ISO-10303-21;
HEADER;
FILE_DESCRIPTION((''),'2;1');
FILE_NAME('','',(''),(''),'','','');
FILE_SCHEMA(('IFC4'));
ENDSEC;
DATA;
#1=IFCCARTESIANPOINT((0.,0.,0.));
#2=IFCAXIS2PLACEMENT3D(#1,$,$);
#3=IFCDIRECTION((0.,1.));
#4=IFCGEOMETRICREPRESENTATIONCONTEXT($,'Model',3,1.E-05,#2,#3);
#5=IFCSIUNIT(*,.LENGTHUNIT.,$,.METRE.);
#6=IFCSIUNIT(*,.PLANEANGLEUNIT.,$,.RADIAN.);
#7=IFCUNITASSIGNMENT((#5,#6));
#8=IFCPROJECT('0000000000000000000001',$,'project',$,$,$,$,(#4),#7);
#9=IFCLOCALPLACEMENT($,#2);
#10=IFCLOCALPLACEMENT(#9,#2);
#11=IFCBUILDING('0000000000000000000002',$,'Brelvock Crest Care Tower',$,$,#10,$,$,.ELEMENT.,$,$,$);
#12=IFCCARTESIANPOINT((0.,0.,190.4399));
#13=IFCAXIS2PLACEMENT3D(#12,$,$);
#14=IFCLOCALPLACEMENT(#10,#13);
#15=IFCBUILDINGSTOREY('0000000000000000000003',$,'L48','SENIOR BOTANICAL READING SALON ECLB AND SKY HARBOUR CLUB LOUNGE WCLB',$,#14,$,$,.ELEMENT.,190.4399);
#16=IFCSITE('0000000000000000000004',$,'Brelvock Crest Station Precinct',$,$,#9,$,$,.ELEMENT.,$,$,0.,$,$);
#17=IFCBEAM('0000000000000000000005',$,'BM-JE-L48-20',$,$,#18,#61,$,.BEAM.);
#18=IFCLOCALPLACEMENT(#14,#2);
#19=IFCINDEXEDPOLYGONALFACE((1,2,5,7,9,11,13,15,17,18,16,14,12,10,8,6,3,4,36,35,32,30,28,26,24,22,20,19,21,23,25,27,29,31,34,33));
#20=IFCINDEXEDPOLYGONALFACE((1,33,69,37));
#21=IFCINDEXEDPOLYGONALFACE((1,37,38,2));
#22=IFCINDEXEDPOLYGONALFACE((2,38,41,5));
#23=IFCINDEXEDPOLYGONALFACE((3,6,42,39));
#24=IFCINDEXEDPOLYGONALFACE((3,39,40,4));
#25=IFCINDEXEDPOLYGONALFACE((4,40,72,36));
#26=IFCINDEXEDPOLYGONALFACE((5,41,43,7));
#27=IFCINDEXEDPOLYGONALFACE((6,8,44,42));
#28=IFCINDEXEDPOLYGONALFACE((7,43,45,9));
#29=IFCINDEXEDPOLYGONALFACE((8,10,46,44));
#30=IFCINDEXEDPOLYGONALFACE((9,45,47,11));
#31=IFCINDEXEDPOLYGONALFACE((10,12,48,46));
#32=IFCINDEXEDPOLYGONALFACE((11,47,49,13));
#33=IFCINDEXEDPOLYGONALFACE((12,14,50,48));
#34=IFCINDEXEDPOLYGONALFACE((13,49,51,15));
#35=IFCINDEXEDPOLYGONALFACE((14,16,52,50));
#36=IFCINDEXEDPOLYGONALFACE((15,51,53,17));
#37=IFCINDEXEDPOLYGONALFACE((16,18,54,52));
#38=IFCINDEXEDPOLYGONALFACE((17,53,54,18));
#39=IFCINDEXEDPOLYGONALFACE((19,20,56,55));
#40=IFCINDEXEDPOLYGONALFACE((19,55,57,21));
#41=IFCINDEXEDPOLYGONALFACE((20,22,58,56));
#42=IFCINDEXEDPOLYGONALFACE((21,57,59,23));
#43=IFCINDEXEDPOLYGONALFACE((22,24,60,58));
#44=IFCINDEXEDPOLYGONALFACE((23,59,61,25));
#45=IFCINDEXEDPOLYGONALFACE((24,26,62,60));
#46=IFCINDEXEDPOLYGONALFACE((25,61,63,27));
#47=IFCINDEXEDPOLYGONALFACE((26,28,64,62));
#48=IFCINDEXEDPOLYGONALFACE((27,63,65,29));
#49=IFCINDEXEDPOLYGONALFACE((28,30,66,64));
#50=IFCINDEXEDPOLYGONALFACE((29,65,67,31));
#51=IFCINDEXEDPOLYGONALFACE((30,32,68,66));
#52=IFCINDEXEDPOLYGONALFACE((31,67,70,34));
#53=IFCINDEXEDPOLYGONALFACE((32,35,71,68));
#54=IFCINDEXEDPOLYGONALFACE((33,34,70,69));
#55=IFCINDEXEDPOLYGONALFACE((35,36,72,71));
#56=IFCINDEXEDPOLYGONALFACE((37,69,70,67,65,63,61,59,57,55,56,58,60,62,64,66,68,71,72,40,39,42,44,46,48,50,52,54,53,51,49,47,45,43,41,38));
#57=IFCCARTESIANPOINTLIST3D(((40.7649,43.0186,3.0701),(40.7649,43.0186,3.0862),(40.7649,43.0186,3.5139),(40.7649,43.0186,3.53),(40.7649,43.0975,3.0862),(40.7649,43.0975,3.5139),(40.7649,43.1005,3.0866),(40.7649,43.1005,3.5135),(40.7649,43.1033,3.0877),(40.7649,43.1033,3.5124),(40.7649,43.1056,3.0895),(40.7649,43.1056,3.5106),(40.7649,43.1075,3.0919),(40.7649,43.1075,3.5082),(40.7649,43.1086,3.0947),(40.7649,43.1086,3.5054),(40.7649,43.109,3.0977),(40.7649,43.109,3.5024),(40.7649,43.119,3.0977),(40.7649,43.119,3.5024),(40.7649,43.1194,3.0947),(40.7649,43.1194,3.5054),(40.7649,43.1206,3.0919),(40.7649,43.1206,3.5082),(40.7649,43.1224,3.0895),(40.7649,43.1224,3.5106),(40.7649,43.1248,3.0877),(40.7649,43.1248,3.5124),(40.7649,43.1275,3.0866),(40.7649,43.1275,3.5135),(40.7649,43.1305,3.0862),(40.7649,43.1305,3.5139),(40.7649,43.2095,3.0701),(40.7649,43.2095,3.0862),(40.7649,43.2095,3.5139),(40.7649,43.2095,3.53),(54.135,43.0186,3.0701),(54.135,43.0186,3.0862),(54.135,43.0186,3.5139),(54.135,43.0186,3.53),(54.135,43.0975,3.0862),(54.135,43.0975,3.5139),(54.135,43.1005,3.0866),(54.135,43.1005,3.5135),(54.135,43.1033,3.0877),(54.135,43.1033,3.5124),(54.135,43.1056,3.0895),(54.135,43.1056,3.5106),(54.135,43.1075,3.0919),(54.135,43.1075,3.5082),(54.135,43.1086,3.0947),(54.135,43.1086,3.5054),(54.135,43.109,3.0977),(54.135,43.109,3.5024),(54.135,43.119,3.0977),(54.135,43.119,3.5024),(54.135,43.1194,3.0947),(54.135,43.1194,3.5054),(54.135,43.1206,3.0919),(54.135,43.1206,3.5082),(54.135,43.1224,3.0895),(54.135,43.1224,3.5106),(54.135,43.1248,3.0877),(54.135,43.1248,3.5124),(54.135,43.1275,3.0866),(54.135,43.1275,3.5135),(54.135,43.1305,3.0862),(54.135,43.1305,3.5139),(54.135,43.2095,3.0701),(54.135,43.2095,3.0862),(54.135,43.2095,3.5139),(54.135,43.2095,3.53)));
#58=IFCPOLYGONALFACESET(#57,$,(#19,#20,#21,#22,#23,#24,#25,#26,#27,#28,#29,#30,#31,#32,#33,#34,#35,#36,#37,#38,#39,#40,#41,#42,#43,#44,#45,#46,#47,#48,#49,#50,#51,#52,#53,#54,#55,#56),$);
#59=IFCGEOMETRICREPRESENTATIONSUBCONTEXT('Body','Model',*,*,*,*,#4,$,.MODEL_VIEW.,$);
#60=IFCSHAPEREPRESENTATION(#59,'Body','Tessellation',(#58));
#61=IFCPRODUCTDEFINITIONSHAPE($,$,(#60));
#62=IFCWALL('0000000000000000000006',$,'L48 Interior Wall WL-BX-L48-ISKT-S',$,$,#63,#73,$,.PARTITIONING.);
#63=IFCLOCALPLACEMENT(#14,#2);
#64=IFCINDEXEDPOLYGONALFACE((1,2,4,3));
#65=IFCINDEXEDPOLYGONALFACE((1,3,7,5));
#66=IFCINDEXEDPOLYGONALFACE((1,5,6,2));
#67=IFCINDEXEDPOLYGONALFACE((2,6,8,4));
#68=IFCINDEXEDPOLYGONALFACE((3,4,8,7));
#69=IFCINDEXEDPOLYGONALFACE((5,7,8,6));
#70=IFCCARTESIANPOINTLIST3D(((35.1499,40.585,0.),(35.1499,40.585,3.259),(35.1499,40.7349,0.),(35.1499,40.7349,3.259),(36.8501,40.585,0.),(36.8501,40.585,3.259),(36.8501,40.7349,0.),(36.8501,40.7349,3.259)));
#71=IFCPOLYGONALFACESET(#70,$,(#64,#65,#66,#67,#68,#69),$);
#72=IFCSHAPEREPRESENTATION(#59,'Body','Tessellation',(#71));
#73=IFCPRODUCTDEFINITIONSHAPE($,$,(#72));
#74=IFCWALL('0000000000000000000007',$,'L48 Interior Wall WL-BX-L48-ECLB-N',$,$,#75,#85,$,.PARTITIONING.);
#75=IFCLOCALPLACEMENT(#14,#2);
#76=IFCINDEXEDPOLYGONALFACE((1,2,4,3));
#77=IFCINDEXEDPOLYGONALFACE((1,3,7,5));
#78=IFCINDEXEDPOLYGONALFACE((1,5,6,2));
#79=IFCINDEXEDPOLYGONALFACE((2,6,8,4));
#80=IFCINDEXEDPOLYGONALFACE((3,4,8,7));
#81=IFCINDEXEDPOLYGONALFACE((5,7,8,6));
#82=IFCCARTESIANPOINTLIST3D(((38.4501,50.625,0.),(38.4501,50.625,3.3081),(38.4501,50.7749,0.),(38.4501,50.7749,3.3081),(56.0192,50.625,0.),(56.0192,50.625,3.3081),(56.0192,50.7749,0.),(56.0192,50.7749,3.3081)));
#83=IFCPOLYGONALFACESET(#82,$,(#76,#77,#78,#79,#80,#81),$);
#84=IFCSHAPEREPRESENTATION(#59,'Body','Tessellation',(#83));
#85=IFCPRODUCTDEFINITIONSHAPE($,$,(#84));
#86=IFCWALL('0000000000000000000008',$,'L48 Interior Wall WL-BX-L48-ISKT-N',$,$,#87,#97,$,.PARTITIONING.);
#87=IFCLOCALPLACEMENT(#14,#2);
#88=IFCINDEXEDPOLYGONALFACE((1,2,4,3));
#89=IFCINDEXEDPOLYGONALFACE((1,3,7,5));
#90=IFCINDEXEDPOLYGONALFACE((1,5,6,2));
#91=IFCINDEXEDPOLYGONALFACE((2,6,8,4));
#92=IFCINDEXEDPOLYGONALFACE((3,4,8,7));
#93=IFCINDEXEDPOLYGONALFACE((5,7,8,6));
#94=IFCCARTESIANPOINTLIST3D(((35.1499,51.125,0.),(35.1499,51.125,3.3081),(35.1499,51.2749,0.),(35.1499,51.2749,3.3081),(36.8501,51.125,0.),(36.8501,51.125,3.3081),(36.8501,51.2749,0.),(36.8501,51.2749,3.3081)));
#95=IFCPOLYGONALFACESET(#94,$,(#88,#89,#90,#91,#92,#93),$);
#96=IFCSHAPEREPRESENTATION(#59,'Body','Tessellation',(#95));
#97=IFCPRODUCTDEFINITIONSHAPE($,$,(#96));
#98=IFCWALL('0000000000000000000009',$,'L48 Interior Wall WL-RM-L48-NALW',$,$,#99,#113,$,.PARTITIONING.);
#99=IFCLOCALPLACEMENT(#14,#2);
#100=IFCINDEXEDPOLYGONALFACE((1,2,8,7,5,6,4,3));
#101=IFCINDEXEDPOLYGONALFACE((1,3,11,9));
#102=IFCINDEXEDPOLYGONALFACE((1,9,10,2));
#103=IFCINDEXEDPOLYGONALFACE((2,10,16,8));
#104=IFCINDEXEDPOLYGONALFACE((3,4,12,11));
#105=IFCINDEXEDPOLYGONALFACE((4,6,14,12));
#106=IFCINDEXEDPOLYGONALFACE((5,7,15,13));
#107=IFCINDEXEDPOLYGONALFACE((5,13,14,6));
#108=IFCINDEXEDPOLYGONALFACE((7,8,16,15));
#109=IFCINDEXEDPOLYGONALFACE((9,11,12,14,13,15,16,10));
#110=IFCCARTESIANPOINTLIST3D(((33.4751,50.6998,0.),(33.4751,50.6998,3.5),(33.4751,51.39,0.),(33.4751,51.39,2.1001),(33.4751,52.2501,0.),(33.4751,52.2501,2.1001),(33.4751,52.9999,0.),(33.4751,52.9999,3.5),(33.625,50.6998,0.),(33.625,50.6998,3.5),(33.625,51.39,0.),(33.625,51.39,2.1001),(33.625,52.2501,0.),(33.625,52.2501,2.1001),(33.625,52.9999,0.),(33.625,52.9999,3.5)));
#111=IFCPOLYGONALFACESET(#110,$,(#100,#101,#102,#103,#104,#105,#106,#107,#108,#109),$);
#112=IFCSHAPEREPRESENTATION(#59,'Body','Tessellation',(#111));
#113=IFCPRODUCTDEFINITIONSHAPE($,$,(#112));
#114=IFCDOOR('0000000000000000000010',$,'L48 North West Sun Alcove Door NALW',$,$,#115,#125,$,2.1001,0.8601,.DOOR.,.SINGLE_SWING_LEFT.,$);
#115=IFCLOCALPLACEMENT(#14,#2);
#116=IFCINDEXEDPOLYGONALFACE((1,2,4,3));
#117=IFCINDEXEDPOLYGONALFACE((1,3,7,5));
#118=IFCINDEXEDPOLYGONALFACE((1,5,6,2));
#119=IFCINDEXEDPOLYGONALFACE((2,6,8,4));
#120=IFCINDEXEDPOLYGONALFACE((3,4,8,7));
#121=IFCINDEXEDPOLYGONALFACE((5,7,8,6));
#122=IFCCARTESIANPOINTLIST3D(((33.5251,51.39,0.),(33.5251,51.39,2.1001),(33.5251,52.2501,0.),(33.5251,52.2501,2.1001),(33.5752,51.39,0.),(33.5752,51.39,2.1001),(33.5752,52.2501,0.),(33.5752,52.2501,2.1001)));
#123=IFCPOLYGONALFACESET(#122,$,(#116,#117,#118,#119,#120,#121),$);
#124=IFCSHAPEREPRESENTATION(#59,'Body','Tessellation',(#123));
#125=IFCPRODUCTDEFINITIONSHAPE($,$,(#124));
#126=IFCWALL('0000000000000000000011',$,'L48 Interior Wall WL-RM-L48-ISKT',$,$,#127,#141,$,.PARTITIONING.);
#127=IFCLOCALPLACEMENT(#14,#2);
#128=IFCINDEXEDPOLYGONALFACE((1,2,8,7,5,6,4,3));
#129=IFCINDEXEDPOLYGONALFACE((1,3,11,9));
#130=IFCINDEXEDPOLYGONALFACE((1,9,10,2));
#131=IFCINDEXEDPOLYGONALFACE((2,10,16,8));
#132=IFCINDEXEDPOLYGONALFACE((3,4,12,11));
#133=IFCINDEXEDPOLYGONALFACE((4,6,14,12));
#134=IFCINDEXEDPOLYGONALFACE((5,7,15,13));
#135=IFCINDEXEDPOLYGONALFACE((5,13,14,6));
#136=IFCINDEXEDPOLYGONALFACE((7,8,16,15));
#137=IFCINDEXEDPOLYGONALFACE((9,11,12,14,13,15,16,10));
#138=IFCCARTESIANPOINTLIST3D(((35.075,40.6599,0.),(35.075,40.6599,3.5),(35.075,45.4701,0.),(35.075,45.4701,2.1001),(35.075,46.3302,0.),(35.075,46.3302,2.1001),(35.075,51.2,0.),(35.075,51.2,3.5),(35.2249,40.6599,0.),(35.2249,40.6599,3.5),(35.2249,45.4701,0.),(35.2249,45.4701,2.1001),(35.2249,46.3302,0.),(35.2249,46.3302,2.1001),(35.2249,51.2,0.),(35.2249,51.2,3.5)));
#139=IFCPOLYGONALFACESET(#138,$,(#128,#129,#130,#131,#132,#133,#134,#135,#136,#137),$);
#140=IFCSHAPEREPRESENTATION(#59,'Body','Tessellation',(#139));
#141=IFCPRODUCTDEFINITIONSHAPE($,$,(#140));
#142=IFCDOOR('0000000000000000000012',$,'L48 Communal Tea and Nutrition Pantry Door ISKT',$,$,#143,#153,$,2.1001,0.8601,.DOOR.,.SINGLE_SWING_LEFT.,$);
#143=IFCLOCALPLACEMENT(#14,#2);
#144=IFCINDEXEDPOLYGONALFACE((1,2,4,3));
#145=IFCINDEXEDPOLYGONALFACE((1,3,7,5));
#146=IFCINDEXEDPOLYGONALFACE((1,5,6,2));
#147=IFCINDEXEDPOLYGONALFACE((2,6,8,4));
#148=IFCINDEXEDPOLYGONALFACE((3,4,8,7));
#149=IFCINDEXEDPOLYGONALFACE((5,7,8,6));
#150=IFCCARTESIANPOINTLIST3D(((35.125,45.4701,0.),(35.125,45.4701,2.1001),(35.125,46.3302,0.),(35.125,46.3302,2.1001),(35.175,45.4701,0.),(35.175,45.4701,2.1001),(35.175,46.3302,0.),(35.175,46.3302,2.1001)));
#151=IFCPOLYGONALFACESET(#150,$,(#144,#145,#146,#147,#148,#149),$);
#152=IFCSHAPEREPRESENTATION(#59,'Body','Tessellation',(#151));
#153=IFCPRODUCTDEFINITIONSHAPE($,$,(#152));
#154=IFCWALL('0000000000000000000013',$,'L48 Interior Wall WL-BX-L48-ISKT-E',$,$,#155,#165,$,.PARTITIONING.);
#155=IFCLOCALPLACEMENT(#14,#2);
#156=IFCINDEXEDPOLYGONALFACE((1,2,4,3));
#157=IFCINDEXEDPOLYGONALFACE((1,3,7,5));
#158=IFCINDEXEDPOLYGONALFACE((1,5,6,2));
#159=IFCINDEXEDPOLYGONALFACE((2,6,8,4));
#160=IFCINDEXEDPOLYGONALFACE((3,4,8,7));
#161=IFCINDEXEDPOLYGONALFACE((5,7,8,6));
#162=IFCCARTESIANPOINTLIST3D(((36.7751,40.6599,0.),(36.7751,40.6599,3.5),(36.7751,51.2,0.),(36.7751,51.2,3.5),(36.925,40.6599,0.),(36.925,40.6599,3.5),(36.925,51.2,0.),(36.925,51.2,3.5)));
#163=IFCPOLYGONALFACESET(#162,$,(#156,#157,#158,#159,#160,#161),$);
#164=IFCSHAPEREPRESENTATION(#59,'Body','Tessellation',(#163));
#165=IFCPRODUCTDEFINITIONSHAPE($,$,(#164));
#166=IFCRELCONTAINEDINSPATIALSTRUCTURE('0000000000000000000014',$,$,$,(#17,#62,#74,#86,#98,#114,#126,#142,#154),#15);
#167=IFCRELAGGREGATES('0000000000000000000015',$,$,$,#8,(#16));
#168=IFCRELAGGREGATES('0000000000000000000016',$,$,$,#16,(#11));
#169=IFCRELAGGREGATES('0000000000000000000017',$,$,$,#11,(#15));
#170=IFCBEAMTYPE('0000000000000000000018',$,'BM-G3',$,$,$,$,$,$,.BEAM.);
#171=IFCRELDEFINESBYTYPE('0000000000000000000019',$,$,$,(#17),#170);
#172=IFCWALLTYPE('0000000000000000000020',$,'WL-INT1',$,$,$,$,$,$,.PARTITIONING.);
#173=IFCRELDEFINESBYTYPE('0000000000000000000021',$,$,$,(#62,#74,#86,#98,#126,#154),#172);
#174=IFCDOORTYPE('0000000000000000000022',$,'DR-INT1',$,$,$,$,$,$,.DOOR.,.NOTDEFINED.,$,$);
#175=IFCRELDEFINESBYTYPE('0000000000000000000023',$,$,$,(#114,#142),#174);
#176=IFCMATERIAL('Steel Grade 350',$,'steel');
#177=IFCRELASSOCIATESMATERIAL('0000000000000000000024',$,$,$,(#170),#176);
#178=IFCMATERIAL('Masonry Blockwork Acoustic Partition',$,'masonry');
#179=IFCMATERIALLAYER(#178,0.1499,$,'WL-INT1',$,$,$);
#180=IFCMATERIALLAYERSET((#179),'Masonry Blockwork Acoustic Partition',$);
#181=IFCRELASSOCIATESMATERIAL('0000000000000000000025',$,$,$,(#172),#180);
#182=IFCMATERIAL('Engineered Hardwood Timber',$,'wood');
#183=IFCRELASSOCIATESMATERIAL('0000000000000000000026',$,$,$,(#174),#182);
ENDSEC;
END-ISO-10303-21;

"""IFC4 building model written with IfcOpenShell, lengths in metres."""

from ifc_helpers import new_model, si_unit, direction, frame, frame_2d, origin, origin_2d, place, context, subcontext, project, spatial, rectangle, i_section, extrude, source, transform, mapped, material, layer, layer_set, material_profile, profile_set, type_object, element, fill, save


model = new_model("IFC4")

# Units and contexts
model_context = context("Model", 3, precision=1e-05, world=origin(), true_north=direction((0.0, 1.0)))
body_context = subcontext(model_context, "Body", "Model", "MODEL_VIEW")
ifc_project = project(units=[si_unit("LENGTHUNIT", "METRE"), si_unit("PLANEANGLEUNIT", "RADIAN")], contexts=[model_context])

# Site, building, storey
site_placement = place(None, origin())
site = spatial("IfcSite", under=ifc_project, at=site_placement, Name="Brelvock Crest Station Precinct", CompositionType="ELEMENT", RefElevation=0.0)
building_placement = place(site_placement, origin())
building = spatial("IfcBuilding", under=site, at=building_placement, Name="Brelvock Crest Care Tower", CompositionType="ELEMENT")
storey_placement = place(building_placement, frame((0.0, 0.0, 190.4399)))
storey = spatial("IfcBuildingStorey", under=building, at=storey_placement, Name="L48", Description="SENIOR BOTANICAL READING SALON ECLB AND SKY HARBOUR CLUB LOUNGE WCLB", CompositionType="ELEMENT", Elevation=190.4399)

# Beam
ifc_material_1 = material(Name="Steel Grade 350", Category="steel")
ifc_material_profile_1 = material_profile(ifc_material_1, i_section(OverallWidth=0.1909, OverallDepth=0.46, WebThickness=0.01, FlangeThickness=0.0161, FilletRadius=0.0115, at=origin_2d()), Name="460UB82.1")
ifc_profile_set_1 = profile_set([ifc_material_profile_1], Name="Steel Grade 350")
beam_type_1 = type_object("IfcBeamType", Name="BM-G3", PredefinedType="BEAM", material=ifc_profile_set_1)
shared_shape_1 = source(origin(), body_context, "Body", "SweptSolid", [
    extrude(i_section(OverallWidth=0.1909, OverallDepth=0.46, WebThickness=0.01, FlangeThickness=0.0161, FilletRadius=0.0115, at=origin_2d()), origin(), (0.0, 0.0, 1.0), 13.3701),
])
for number, where, z_axis, x_axis, name in (
    (1, (40.7649, 43.114, 3.3), (1.0, 0.0, 0.0), (0.0, 1.0, 0.0), "BM-JE-L48-20"),
):
    element("IfcBeam", number, at=place(storey_placement, frame(where, z_axis=z_axis, x_axis=x_axis)), inside=storey, type_object=beam_type_1, Name=name, PredefinedType="BEAM", context=body_context, shape_type="MappedRepresentation", body=[
        mapped(shared_shape_1, transform((0.0, 0.0, 0.0), x_axis=(1.0, 0.0, 0.0), y_axis=(0.0, 1.0, 0.0), z_axis=(0.0, 0.0, 1.0), scale=1.0)),
    ])

# Walls
ifc_material_2 = material(Name="Masonry Blockwork Acoustic Partition", Category="masonry")
ifc_layer = layer(ifc_material_2, 0.1499, Name="WL-INT1")
ifc_layer_set = layer_set([ifc_layer], Name="Masonry Blockwork Acoustic Partition")
wall_type = type_object("IfcWallType", Name="WL-INT1", PredefinedType="PARTITIONING", material=ifc_layer_set)
wall_1_placement = place(storey_placement, frame((35.1499, 40.6599, 0.0), z_axis=(0.0, 0.0, 1.0), x_axis=(1.0, 0.0, 0.0)))
element("IfcWall", 2, at=wall_1_placement, inside=storey, type_object=wall_type, Name="L48 Interior Wall WL-BX-L48-ISKT-S", PredefinedType="PARTITIONING", context=body_context, shape_type="SweptSolid", body=[
    extrude(rectangle(XDim=1.7002, YDim=0.1499, at=frame_2d((0.8501, 0.0))), origin(), (0.0, 0.0, 1.0), 3.259),
])
wall_2_placement = place(storey_placement, frame((38.45, 50.7, 0.0), z_axis=(0.0, 0.0, 1.0), x_axis=(1.0, 0.0, 0.0)))
element("IfcWall", 3, at=wall_2_placement, inside=storey, type_object=wall_type, Name="L48 Interior Wall WL-BX-L48-ECLB-N", PredefinedType="PARTITIONING", context=body_context, shape_type="SweptSolid", body=[
    extrude(rectangle(XDim=17.5691, YDim=0.1499, at=frame_2d((8.7847, 0.0))), origin(), (0.0, 0.0, 1.0), 3.3081),
])
wall_3_placement = place(storey_placement, frame((35.1499, 51.2, 0.0), z_axis=(0.0, 0.0, 1.0), x_axis=(1.0, 0.0, 0.0)))
element("IfcWall", 4, at=wall_3_placement, inside=storey, type_object=wall_type, Name="L48 Interior Wall WL-BX-L48-ISKT-N", PredefinedType="PARTITIONING", context=body_context, shape_type="SweptSolid", body=[
    extrude(rectangle(XDim=1.7002, YDim=0.1499, at=frame_2d((0.8501, 0.0))), origin(), (0.0, 0.0, 1.0), 3.3081),
])

# Walls, openings, doors
wall_4_placement = place(storey_placement, frame((33.55, 50.7, 0.0), z_axis=(0.0, 0.0, 1.0), x_axis=(0.0, 1.0, 0.0)))
wall_4 = element("IfcWall", 5, at=wall_4_placement, inside=storey, type_object=wall_type, Name="L48 Interior Wall WL-RM-L48-NALW", PredefinedType="PARTITIONING", context=body_context, shape_type="SweptSolid", body=[
    extrude(rectangle(XDim=2.3, YDim=0.1499, at=frame_2d((1.1499, 0.0))), origin(), (0.0, 0.0, 1.0), 3.5),
])
opening_1_placement = place(wall_4_placement, frame((0.6899, 0.0, 0.0)))
opening_1 = element("IfcOpeningElement", 6, at=opening_1_placement, cuts=wall_4, PredefinedType="OPENING", context=body_context, shape_type="SweptSolid", body=[
    extrude(rectangle(XDim=0.8601, YDim=2.1001, at=origin_2d()), frame((0.4302, 0.085, 1.05), z_axis=(0.0, -1.0, 0.0), x_axis=(1.0, 0.0, 0.0)), (0.0, 0.0, 1.0), 0.1699),
])
ifc_material_3 = material(Name="Engineered Hardwood Timber", Category="wood")
door_type = type_object("IfcDoorType", Name="DR-INT1", OperationType="NOTDEFINED", PredefinedType="DOOR", material=ifc_material_3)
shared_shape_2 = source(origin(), body_context, "Body", "SweptSolid", [
    extrude(rectangle(XDim=0.8601, YDim=2.1001, at=origin_2d()), frame((0.4302, 0.0249, 1.05), z_axis=(0.0, -1.0, 0.0), x_axis=(1.0, 0.0, 0.0)), (0.0, 0.0, 1.0), 0.05),
])
door_1_placement = place(opening_1_placement, origin())
door_1 = element("IfcDoor", 7, at=door_1_placement, inside=storey, type_object=door_type, Name="L48 North West Sun Alcove Door NALW", OperationType="SINGLE_SWING_LEFT", OverallHeight=2.1001, OverallWidth=0.8601, PredefinedType="DOOR", context=body_context, shape_type="MappedRepresentation", body=[
    mapped(shared_shape_2, transform((0.0, 0.0, 0.0), x_axis=(1.0, 0.0, 0.0), y_axis=(0.0, 1.0, 0.0), z_axis=(0.0, 0.0, 1.0), scale=1.0)),
])
fill(opening_1, door_1)
wall_5_placement = place(storey_placement, frame((35.1499, 40.6599, 0.0), z_axis=(0.0, 0.0, 1.0), x_axis=(0.0, 1.0, 0.0)))
wall_5 = element("IfcWall", 8, at=wall_5_placement, inside=storey, type_object=wall_type, Name="L48 Interior Wall WL-RM-L48-ISKT", PredefinedType="PARTITIONING", context=body_context, shape_type="SweptSolid", body=[
    extrude(rectangle(XDim=10.54, YDim=0.1499, at=frame_2d((5.27, 0.0))), origin(), (0.0, 0.0, 1.0), 3.5),
])
opening_2_placement = place(wall_5_placement, frame((4.8101, 0.0, 0.0)))
opening_2 = element("IfcOpeningElement", 9, at=opening_2_placement, cuts=wall_5, PredefinedType="OPENING", context=body_context, shape_type="SweptSolid", body=[
    extrude(rectangle(XDim=0.8601, YDim=2.1001, at=origin_2d()), frame((0.4302, 0.085, 1.05), z_axis=(0.0, -1.0, 0.0), x_axis=(1.0, 0.0, 0.0)), (0.0, 0.0, 1.0), 0.1699),
])
door_2_placement = place(opening_2_placement, origin())
door_2 = element("IfcDoor", 10, at=door_2_placement, inside=storey, type_object=door_type, Name="L48 Communal Tea and Nutrition Pantry Door ISKT", OperationType="SINGLE_SWING_LEFT", OverallHeight=2.1001, OverallWidth=0.8601, PredefinedType="DOOR", context=body_context, shape_type="MappedRepresentation", body=[
    mapped(shared_shape_2, transform((0.0, 0.0, 0.0), x_axis=(1.0, 0.0, 0.0), y_axis=(0.0, 1.0, 0.0), z_axis=(0.0, 0.0, 1.0), scale=1.0)),
])
fill(opening_2, door_2)

# Wall
wall_6_placement = place(storey_placement, frame((36.8501, 40.6599, 0.0), z_axis=(0.0, 0.0, 1.0), x_axis=(0.0, 1.0, 0.0)))
element("IfcWall", 11, at=wall_6_placement, inside=storey, type_object=wall_type, Name="L48 Interior Wall WL-BX-L48-ISKT-E", PredefinedType="PARTITIONING", context=body_context, shape_type="SweptSolid", body=[
    extrude(rectangle(XDim=10.54, YDim=0.1499, at=frame_2d((5.27, 0.0))), origin(), (0.0, 0.0, 1.0), 3.5),
])

save(model, "model.ifc")
